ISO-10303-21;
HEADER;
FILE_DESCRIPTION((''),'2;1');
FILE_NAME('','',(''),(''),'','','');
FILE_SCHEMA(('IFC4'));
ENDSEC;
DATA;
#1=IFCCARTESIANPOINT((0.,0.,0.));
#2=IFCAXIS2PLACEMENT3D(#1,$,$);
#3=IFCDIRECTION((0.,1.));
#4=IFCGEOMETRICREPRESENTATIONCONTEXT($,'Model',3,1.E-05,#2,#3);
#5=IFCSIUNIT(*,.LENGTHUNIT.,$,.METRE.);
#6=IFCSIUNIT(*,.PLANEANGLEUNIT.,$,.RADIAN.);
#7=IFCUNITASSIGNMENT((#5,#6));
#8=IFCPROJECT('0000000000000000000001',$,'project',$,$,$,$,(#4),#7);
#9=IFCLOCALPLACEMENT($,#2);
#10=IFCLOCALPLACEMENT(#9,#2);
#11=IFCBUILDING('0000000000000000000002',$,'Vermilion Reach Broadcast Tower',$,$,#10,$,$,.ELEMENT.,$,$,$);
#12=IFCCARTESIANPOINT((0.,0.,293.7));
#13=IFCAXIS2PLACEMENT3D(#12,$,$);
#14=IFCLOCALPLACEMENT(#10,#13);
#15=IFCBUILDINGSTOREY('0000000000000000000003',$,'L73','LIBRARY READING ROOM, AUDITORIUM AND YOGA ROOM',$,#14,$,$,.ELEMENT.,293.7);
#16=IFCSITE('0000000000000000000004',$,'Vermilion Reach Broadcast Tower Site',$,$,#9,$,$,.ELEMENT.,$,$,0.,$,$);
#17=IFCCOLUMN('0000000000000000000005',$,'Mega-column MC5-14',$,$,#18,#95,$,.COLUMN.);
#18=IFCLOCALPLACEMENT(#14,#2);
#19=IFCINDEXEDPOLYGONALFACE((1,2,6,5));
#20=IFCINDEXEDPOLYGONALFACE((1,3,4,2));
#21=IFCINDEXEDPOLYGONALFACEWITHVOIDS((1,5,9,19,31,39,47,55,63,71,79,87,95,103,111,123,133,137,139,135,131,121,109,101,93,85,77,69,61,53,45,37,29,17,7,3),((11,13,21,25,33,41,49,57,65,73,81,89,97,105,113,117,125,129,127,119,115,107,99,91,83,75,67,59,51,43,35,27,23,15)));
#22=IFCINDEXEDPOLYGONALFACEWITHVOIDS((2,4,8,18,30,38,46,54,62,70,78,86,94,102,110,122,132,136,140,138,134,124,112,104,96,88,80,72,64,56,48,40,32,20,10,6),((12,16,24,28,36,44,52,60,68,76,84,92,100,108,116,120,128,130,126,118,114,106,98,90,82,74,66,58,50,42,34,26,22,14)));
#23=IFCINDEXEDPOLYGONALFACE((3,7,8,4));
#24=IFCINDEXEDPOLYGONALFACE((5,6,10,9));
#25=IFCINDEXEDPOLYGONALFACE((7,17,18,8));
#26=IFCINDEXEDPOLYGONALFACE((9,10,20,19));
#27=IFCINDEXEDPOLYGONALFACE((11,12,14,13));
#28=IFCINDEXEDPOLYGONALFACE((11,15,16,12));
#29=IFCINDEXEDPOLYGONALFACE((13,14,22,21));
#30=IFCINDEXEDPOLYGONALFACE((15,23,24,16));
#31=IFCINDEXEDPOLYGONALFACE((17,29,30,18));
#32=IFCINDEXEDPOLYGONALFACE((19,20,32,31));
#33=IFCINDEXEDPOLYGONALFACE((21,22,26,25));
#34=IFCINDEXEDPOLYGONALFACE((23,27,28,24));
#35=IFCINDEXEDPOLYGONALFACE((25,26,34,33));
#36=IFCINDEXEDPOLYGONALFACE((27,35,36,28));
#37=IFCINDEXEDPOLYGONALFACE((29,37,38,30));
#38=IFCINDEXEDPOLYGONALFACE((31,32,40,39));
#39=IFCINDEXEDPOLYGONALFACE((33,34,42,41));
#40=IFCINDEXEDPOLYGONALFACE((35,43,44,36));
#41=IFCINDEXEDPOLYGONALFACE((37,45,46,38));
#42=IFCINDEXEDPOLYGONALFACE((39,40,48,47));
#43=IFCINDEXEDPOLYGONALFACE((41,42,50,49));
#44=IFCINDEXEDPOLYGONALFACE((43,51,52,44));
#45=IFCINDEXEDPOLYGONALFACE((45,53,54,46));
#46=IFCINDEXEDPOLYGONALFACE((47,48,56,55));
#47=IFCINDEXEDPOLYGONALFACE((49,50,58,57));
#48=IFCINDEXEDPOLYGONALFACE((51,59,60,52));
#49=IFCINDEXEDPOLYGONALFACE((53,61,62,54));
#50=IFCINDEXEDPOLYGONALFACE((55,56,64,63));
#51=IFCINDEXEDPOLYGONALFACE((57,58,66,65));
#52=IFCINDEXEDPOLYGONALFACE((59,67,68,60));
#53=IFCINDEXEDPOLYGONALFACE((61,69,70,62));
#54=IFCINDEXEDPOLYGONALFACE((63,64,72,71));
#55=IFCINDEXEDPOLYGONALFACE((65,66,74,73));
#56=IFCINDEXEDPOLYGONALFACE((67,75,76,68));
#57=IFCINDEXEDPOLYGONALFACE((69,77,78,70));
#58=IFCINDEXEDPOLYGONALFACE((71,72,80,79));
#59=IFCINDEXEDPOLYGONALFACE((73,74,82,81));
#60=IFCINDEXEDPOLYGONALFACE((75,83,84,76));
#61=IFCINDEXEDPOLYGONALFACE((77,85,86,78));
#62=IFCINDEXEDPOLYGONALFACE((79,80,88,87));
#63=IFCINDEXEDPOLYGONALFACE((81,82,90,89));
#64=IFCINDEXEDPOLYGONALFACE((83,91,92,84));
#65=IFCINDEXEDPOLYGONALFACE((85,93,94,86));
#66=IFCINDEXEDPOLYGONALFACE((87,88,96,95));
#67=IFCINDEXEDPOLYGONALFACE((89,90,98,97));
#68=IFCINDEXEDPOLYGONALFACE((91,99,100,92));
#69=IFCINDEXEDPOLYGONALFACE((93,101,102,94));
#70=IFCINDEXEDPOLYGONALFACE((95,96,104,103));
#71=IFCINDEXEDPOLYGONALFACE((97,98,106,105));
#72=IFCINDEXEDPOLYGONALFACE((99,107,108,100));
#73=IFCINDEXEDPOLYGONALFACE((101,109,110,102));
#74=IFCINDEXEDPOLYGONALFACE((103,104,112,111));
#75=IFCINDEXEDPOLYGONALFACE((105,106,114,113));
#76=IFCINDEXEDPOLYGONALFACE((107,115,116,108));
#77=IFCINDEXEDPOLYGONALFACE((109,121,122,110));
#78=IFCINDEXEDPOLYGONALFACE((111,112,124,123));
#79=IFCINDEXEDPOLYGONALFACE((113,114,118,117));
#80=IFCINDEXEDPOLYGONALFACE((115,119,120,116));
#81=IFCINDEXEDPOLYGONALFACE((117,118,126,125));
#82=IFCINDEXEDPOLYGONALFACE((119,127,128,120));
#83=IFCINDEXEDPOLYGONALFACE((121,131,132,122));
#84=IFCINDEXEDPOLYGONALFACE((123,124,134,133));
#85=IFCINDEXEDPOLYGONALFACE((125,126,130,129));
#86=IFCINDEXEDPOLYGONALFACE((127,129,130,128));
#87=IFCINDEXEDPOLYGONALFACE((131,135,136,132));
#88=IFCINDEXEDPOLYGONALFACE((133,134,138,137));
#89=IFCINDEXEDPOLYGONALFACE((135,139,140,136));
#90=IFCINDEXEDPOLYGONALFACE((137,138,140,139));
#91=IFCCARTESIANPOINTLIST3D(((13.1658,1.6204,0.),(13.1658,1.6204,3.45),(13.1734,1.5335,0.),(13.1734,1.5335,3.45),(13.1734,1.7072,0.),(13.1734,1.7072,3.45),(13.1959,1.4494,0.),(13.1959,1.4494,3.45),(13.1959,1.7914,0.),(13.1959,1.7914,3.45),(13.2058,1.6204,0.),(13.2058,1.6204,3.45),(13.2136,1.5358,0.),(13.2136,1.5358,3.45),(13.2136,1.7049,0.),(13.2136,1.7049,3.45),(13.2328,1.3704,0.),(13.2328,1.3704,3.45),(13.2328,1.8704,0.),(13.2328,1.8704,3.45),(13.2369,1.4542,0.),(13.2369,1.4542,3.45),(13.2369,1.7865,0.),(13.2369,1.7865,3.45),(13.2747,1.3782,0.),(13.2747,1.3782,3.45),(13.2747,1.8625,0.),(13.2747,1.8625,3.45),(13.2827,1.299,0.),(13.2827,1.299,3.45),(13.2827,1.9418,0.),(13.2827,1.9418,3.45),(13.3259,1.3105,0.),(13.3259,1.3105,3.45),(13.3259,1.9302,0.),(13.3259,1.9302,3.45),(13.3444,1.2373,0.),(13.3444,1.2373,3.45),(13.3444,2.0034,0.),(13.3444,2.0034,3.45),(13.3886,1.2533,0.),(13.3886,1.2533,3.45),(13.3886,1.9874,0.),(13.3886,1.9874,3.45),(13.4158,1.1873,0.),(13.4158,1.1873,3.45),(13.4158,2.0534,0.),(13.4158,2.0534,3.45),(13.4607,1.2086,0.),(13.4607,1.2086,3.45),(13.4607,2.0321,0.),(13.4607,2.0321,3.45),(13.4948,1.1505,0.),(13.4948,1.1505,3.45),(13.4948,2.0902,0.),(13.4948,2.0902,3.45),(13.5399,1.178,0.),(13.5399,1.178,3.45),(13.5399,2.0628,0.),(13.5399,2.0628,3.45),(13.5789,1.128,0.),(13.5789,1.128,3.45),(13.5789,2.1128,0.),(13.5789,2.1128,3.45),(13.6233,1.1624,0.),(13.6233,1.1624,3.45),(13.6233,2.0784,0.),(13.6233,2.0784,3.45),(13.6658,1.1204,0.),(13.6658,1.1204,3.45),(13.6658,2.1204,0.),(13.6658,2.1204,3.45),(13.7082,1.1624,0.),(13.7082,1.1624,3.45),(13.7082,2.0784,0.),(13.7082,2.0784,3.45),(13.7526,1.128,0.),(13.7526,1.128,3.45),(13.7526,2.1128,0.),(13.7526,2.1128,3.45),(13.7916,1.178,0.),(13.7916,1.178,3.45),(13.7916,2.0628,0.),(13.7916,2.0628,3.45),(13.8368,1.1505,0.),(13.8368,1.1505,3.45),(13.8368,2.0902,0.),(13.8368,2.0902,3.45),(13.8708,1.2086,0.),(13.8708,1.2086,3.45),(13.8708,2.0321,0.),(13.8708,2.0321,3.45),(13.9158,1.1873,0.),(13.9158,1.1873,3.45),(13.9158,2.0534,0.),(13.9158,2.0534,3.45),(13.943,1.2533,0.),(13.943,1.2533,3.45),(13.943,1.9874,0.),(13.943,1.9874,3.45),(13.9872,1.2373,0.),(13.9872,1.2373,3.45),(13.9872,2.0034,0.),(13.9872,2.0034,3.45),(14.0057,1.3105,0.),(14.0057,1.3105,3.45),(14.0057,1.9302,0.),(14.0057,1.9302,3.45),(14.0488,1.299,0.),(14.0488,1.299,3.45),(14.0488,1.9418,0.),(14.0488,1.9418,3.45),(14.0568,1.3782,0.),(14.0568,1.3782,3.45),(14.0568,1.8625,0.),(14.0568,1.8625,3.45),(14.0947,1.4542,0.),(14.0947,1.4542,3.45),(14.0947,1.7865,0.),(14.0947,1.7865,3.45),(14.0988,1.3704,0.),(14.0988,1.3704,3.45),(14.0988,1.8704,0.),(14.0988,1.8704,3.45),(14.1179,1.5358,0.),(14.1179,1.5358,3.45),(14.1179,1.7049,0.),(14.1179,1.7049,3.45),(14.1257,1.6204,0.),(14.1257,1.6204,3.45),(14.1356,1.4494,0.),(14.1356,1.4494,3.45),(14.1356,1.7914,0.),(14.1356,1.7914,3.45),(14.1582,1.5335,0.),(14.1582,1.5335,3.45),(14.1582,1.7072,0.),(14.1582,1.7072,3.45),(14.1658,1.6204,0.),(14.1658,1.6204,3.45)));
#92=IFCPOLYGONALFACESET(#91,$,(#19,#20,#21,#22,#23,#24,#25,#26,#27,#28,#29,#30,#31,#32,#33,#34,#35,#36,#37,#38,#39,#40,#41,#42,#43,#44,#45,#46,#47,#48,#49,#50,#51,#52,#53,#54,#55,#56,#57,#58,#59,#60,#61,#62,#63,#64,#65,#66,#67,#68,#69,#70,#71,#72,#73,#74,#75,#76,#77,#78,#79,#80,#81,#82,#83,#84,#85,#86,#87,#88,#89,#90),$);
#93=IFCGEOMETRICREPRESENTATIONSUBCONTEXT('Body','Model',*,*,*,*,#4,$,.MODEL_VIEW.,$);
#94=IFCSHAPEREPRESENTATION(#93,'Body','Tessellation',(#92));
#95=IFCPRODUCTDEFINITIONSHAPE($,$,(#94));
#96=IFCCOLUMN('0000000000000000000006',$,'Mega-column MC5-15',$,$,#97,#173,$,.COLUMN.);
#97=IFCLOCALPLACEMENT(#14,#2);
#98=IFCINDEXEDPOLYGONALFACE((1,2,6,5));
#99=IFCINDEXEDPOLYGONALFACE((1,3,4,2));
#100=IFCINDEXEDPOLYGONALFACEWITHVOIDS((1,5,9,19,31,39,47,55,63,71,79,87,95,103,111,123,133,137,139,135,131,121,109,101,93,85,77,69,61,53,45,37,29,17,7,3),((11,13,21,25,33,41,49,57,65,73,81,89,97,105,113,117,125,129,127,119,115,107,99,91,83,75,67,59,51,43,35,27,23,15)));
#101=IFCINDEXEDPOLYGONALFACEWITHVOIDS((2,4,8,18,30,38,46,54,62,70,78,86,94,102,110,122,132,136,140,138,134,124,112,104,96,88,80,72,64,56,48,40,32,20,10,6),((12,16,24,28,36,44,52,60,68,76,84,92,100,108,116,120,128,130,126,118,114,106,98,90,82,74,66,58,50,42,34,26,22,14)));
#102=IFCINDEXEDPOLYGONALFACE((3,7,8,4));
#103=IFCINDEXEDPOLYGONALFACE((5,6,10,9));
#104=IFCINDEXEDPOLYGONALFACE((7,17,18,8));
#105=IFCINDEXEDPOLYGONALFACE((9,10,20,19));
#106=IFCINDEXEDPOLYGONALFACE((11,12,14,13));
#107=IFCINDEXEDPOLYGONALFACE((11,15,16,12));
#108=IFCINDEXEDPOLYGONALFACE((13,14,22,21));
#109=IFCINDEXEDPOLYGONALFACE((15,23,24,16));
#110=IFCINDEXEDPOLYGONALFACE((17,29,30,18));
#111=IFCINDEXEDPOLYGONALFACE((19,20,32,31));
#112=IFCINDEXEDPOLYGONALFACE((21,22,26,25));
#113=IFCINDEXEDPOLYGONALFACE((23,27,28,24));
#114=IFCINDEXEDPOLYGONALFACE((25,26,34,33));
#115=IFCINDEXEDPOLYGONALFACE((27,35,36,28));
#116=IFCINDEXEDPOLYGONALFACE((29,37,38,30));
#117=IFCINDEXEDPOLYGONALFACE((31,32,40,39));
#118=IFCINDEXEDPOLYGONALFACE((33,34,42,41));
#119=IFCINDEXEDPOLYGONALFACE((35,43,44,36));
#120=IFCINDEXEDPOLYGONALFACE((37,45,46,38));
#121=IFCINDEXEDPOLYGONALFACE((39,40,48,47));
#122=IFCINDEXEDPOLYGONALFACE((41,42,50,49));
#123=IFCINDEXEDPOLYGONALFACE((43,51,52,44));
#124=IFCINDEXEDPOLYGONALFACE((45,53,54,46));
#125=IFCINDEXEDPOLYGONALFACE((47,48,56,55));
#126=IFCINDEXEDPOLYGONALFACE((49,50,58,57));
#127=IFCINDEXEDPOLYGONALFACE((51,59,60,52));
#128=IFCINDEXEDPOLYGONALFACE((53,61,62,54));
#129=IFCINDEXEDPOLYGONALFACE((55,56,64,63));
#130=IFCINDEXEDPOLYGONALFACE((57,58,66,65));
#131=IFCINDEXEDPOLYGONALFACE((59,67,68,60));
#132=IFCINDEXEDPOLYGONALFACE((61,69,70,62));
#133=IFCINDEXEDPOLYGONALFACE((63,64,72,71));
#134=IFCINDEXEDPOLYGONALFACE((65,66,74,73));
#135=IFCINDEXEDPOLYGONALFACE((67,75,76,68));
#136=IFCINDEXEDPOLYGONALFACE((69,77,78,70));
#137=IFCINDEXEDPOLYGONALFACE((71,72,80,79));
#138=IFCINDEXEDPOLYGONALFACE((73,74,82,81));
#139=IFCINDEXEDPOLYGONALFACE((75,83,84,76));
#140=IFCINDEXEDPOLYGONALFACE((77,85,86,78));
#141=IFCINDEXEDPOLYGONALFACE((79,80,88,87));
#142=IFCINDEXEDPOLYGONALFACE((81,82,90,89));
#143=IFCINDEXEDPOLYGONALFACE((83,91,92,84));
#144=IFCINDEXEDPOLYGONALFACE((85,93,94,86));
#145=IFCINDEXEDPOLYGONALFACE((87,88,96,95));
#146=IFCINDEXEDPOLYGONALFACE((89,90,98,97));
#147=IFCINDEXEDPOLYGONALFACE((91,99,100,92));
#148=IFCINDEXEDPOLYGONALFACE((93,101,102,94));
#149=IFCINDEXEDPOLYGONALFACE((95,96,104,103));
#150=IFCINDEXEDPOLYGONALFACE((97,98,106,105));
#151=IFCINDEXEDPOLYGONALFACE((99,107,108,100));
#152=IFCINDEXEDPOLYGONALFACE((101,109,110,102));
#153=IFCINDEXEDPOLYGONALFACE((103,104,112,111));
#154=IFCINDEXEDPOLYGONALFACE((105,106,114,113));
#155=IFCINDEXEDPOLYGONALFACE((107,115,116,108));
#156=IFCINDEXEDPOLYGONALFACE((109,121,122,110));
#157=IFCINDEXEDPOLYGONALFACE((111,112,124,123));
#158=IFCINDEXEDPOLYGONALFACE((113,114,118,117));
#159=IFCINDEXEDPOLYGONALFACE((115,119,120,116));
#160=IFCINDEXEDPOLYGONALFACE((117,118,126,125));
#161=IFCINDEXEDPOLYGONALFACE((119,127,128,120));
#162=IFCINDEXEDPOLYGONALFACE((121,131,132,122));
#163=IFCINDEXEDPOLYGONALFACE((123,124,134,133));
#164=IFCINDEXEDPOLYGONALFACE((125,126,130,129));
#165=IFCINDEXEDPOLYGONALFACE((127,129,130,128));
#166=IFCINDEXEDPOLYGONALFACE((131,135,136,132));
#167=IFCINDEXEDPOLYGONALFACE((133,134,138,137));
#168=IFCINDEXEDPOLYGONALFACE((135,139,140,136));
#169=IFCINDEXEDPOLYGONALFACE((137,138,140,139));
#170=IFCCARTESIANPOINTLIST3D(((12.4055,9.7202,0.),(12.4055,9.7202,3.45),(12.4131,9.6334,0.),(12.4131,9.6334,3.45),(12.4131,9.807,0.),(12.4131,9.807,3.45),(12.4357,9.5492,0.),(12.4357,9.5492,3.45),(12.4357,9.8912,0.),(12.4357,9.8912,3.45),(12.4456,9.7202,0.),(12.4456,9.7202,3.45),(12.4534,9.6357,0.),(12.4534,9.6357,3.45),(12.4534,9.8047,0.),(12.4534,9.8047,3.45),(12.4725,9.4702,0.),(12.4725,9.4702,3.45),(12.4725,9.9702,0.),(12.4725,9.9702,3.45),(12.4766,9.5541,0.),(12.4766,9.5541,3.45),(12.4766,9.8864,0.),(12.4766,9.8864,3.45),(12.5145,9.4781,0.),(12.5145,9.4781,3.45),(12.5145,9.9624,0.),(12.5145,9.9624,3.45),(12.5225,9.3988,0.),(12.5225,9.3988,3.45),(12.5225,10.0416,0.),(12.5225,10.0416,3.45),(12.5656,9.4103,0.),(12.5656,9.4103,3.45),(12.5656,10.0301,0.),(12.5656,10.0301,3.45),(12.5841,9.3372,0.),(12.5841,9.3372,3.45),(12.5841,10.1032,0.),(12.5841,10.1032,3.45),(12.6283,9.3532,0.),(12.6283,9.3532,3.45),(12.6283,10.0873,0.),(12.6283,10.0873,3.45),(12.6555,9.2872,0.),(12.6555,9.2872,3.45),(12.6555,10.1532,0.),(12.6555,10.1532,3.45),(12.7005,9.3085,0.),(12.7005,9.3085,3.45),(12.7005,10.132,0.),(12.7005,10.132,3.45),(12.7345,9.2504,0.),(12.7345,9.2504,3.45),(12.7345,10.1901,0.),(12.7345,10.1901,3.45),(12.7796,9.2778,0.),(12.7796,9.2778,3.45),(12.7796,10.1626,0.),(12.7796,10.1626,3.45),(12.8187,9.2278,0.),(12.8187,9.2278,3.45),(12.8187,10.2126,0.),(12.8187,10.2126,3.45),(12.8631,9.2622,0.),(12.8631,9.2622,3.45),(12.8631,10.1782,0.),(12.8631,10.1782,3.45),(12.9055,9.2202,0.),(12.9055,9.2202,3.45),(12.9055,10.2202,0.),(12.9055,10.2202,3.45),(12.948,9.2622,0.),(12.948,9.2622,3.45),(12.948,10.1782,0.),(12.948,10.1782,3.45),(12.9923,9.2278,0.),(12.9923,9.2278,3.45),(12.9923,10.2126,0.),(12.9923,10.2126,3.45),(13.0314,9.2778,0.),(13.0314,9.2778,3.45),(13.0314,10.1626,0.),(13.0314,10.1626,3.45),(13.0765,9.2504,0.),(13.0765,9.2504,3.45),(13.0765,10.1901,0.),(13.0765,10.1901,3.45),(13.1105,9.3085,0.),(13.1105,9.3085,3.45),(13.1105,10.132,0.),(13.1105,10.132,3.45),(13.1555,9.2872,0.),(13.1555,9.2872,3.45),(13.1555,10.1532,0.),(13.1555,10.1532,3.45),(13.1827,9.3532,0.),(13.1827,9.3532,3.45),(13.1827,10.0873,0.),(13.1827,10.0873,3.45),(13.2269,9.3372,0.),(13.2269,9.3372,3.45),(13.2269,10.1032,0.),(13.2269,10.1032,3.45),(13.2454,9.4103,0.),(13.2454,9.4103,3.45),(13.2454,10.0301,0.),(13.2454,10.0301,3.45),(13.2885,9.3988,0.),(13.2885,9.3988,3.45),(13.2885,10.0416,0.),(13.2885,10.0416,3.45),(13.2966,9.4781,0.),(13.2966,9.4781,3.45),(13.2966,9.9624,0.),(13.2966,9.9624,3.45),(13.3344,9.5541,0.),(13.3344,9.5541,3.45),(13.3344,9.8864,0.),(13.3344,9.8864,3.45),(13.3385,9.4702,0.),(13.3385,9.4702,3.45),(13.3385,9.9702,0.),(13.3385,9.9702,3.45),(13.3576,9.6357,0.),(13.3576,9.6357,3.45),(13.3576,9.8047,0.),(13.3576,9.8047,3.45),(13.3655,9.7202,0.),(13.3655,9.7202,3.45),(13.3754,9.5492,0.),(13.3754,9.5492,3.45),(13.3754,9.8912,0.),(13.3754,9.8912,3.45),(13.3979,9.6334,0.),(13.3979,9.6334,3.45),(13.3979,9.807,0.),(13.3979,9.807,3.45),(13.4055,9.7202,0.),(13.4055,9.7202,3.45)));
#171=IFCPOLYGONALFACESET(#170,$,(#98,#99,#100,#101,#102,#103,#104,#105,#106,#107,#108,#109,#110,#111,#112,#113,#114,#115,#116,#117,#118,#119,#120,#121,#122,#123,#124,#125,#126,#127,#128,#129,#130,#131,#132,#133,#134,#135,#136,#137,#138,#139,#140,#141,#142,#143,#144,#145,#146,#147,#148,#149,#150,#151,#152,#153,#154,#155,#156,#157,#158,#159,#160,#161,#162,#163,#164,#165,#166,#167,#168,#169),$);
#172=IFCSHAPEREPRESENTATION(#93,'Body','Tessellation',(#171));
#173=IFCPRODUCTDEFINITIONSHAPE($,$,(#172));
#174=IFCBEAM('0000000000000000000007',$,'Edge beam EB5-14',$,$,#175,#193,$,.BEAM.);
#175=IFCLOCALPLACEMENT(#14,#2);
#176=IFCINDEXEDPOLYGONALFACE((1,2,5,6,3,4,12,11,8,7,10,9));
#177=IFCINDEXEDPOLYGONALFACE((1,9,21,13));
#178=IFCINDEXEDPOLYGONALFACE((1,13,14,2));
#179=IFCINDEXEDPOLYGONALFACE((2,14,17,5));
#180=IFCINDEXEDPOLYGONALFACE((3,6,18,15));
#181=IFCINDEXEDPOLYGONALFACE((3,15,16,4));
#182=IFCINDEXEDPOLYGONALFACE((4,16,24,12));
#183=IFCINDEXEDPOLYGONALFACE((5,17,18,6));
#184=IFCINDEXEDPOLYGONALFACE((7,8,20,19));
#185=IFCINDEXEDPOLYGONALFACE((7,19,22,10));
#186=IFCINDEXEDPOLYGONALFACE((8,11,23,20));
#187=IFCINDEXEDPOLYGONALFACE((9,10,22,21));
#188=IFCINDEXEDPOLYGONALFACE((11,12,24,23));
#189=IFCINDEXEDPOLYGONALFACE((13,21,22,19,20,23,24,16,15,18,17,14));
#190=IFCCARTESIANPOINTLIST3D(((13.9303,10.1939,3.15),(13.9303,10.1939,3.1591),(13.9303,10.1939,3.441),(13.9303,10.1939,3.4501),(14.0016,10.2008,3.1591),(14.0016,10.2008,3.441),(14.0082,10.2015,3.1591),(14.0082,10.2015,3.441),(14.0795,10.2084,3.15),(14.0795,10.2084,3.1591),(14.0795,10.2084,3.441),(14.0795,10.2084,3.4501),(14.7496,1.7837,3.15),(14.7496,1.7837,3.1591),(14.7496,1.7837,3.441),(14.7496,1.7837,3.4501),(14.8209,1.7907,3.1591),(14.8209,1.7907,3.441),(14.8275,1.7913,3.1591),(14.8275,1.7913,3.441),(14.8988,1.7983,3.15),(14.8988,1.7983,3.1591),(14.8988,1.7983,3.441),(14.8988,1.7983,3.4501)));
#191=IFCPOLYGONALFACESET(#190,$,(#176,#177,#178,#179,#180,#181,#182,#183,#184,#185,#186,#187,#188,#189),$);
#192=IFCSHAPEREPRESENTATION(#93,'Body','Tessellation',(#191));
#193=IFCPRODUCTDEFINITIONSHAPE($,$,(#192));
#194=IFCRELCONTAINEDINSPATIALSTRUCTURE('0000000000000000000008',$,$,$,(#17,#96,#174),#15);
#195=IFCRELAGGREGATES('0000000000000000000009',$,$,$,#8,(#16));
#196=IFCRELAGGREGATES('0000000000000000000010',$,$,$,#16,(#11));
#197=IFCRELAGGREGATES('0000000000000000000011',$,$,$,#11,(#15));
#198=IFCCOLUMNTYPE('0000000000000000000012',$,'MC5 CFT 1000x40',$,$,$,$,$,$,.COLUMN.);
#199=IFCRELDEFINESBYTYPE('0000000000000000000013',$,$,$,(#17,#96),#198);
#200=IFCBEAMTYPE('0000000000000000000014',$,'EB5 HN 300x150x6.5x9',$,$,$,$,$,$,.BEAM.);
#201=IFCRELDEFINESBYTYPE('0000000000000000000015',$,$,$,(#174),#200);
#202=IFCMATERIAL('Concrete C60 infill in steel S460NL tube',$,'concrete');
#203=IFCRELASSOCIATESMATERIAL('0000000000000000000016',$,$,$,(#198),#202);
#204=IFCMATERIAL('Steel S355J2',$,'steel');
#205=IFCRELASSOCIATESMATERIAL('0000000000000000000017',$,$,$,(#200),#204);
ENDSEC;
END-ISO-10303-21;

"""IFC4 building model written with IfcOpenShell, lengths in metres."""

from ifc_helpers import new_model, si_unit, direction, frame, origin, origin_2d, place, context, subcontext, project, spatial, hollow_circle, i_section, extrude, material, material_profile, profile_set, type_object, element, save


model = new_model("IFC4")

# Units and contexts
model_context = context("Model", 3, precision=1e-05, world=origin(), true_north=direction((0.0, 1.0)))
body_context = subcontext(model_context, "Body", "Model", "MODEL_VIEW")
ifc_project = project(units=[si_unit("LENGTHUNIT", "METRE"), si_unit("PLANEANGLEUNIT", "RADIAN")], contexts=[model_context])

# Site, building, storey
site_placement = place(None, origin())
site = spatial("IfcSite", under=ifc_project, at=site_placement, Name="Vermilion Reach Broadcast Tower Site", CompositionType="ELEMENT", RefElevation=0.0)
building_placement = place(site_placement, origin())
building = spatial("IfcBuilding", under=site, at=building_placement, Name="Vermilion Reach Broadcast Tower", CompositionType="ELEMENT")
storey_placement = place(building_placement, frame((0.0, 0.0, 293.7)))
storey = spatial("IfcBuildingStorey", under=building, at=storey_placement, Name="L73", Description="LIBRARY READING ROOM, AUDITORIUM AND YOGA ROOM", CompositionType="ELEMENT", Elevation=293.7)

# Columns
ifc_material_1 = material(Name="Concrete C60 infill in steel S460NL tube", Category="concrete")
ifc_material_profile_1 = material_profile(ifc_material_1, hollow_circle(Radius=0.5, WallThickness=0.04, at=origin_2d()), Name="Concrete C60 infill in steel S460NL tube CFT 1000x40")
ifc_profile_set_1 = profile_set([ifc_material_profile_1], Name="Concrete C60 infill in steel S460NL tube")
column_type = type_object("IfcColumnType", Name="MC5 CFT 1000x40", PredefinedType="COLUMN", material=ifc_profile_set_1)
for number, where, z_axis, x_axis, name in (
    (1, (13.6658, 1.6204, 0.0), (0.0, 0.0, 1.0), (1.0, 0.0, 0.0), "Mega-column MC5-14"),
    (2, (12.9055, 9.7202, 0.0), (0.0, 0.0, 1.0), (1.0, 0.0, 0.0), "Mega-column MC5-15"),
):
    element("IfcColumn", number, at=place(storey_placement, frame(where, z_axis=z_axis, x_axis=x_axis)), inside=storey, type_object=column_type, Name=name, PredefinedType="COLUMN", context=body_context, shape_type="SweptSolid", body=[
        extrude(hollow_circle(Radius=0.5, WallThickness=0.04, at=origin_2d()), origin(), (0.0, 0.0, 1.0), 3.45),
    ])

# Beam
ifc_material_2 = material(Name="Steel S355J2", Category="steel")
ifc_material_profile_2 = material_profile(ifc_material_2, i_section(OverallWidth=0.1499, OverallDepth=0.3, WebThickness=0.0066, FlangeThickness=0.009, at=origin_2d()), Name="S355J2 HN 300x150x6.5x9")
ifc_profile_set_2 = profile_set([ifc_material_profile_2], Name="Steel S355J2")
beam_type_1 = type_object("IfcBeamType", Name="EB5 HN 300x150x6.5x9", PredefinedType="BEAM", material=ifc_profile_set_2)
beam_1_placement = place(storey_placement, frame((14.8242, 1.791, 3.3), z_axis=(-0.096963, 0.995288, 0.0), x_axis=(-0.995288, -0.096963, 0.0)))
element("IfcBeam", 3, at=beam_1_placement, inside=storey, type_object=beam_type_1, Name="Edge beam EB5-14", PredefinedType="BEAM", context=body_context, shape_type="SweptSolid", body=[
    extrude(i_section(OverallWidth=0.1499, OverallDepth=0.3, WebThickness=0.0066, FlangeThickness=0.009, at=origin_2d()), origin(), (0.0, 0.0, 1.0), 8.45),
])

save(model, "model.ifc")
